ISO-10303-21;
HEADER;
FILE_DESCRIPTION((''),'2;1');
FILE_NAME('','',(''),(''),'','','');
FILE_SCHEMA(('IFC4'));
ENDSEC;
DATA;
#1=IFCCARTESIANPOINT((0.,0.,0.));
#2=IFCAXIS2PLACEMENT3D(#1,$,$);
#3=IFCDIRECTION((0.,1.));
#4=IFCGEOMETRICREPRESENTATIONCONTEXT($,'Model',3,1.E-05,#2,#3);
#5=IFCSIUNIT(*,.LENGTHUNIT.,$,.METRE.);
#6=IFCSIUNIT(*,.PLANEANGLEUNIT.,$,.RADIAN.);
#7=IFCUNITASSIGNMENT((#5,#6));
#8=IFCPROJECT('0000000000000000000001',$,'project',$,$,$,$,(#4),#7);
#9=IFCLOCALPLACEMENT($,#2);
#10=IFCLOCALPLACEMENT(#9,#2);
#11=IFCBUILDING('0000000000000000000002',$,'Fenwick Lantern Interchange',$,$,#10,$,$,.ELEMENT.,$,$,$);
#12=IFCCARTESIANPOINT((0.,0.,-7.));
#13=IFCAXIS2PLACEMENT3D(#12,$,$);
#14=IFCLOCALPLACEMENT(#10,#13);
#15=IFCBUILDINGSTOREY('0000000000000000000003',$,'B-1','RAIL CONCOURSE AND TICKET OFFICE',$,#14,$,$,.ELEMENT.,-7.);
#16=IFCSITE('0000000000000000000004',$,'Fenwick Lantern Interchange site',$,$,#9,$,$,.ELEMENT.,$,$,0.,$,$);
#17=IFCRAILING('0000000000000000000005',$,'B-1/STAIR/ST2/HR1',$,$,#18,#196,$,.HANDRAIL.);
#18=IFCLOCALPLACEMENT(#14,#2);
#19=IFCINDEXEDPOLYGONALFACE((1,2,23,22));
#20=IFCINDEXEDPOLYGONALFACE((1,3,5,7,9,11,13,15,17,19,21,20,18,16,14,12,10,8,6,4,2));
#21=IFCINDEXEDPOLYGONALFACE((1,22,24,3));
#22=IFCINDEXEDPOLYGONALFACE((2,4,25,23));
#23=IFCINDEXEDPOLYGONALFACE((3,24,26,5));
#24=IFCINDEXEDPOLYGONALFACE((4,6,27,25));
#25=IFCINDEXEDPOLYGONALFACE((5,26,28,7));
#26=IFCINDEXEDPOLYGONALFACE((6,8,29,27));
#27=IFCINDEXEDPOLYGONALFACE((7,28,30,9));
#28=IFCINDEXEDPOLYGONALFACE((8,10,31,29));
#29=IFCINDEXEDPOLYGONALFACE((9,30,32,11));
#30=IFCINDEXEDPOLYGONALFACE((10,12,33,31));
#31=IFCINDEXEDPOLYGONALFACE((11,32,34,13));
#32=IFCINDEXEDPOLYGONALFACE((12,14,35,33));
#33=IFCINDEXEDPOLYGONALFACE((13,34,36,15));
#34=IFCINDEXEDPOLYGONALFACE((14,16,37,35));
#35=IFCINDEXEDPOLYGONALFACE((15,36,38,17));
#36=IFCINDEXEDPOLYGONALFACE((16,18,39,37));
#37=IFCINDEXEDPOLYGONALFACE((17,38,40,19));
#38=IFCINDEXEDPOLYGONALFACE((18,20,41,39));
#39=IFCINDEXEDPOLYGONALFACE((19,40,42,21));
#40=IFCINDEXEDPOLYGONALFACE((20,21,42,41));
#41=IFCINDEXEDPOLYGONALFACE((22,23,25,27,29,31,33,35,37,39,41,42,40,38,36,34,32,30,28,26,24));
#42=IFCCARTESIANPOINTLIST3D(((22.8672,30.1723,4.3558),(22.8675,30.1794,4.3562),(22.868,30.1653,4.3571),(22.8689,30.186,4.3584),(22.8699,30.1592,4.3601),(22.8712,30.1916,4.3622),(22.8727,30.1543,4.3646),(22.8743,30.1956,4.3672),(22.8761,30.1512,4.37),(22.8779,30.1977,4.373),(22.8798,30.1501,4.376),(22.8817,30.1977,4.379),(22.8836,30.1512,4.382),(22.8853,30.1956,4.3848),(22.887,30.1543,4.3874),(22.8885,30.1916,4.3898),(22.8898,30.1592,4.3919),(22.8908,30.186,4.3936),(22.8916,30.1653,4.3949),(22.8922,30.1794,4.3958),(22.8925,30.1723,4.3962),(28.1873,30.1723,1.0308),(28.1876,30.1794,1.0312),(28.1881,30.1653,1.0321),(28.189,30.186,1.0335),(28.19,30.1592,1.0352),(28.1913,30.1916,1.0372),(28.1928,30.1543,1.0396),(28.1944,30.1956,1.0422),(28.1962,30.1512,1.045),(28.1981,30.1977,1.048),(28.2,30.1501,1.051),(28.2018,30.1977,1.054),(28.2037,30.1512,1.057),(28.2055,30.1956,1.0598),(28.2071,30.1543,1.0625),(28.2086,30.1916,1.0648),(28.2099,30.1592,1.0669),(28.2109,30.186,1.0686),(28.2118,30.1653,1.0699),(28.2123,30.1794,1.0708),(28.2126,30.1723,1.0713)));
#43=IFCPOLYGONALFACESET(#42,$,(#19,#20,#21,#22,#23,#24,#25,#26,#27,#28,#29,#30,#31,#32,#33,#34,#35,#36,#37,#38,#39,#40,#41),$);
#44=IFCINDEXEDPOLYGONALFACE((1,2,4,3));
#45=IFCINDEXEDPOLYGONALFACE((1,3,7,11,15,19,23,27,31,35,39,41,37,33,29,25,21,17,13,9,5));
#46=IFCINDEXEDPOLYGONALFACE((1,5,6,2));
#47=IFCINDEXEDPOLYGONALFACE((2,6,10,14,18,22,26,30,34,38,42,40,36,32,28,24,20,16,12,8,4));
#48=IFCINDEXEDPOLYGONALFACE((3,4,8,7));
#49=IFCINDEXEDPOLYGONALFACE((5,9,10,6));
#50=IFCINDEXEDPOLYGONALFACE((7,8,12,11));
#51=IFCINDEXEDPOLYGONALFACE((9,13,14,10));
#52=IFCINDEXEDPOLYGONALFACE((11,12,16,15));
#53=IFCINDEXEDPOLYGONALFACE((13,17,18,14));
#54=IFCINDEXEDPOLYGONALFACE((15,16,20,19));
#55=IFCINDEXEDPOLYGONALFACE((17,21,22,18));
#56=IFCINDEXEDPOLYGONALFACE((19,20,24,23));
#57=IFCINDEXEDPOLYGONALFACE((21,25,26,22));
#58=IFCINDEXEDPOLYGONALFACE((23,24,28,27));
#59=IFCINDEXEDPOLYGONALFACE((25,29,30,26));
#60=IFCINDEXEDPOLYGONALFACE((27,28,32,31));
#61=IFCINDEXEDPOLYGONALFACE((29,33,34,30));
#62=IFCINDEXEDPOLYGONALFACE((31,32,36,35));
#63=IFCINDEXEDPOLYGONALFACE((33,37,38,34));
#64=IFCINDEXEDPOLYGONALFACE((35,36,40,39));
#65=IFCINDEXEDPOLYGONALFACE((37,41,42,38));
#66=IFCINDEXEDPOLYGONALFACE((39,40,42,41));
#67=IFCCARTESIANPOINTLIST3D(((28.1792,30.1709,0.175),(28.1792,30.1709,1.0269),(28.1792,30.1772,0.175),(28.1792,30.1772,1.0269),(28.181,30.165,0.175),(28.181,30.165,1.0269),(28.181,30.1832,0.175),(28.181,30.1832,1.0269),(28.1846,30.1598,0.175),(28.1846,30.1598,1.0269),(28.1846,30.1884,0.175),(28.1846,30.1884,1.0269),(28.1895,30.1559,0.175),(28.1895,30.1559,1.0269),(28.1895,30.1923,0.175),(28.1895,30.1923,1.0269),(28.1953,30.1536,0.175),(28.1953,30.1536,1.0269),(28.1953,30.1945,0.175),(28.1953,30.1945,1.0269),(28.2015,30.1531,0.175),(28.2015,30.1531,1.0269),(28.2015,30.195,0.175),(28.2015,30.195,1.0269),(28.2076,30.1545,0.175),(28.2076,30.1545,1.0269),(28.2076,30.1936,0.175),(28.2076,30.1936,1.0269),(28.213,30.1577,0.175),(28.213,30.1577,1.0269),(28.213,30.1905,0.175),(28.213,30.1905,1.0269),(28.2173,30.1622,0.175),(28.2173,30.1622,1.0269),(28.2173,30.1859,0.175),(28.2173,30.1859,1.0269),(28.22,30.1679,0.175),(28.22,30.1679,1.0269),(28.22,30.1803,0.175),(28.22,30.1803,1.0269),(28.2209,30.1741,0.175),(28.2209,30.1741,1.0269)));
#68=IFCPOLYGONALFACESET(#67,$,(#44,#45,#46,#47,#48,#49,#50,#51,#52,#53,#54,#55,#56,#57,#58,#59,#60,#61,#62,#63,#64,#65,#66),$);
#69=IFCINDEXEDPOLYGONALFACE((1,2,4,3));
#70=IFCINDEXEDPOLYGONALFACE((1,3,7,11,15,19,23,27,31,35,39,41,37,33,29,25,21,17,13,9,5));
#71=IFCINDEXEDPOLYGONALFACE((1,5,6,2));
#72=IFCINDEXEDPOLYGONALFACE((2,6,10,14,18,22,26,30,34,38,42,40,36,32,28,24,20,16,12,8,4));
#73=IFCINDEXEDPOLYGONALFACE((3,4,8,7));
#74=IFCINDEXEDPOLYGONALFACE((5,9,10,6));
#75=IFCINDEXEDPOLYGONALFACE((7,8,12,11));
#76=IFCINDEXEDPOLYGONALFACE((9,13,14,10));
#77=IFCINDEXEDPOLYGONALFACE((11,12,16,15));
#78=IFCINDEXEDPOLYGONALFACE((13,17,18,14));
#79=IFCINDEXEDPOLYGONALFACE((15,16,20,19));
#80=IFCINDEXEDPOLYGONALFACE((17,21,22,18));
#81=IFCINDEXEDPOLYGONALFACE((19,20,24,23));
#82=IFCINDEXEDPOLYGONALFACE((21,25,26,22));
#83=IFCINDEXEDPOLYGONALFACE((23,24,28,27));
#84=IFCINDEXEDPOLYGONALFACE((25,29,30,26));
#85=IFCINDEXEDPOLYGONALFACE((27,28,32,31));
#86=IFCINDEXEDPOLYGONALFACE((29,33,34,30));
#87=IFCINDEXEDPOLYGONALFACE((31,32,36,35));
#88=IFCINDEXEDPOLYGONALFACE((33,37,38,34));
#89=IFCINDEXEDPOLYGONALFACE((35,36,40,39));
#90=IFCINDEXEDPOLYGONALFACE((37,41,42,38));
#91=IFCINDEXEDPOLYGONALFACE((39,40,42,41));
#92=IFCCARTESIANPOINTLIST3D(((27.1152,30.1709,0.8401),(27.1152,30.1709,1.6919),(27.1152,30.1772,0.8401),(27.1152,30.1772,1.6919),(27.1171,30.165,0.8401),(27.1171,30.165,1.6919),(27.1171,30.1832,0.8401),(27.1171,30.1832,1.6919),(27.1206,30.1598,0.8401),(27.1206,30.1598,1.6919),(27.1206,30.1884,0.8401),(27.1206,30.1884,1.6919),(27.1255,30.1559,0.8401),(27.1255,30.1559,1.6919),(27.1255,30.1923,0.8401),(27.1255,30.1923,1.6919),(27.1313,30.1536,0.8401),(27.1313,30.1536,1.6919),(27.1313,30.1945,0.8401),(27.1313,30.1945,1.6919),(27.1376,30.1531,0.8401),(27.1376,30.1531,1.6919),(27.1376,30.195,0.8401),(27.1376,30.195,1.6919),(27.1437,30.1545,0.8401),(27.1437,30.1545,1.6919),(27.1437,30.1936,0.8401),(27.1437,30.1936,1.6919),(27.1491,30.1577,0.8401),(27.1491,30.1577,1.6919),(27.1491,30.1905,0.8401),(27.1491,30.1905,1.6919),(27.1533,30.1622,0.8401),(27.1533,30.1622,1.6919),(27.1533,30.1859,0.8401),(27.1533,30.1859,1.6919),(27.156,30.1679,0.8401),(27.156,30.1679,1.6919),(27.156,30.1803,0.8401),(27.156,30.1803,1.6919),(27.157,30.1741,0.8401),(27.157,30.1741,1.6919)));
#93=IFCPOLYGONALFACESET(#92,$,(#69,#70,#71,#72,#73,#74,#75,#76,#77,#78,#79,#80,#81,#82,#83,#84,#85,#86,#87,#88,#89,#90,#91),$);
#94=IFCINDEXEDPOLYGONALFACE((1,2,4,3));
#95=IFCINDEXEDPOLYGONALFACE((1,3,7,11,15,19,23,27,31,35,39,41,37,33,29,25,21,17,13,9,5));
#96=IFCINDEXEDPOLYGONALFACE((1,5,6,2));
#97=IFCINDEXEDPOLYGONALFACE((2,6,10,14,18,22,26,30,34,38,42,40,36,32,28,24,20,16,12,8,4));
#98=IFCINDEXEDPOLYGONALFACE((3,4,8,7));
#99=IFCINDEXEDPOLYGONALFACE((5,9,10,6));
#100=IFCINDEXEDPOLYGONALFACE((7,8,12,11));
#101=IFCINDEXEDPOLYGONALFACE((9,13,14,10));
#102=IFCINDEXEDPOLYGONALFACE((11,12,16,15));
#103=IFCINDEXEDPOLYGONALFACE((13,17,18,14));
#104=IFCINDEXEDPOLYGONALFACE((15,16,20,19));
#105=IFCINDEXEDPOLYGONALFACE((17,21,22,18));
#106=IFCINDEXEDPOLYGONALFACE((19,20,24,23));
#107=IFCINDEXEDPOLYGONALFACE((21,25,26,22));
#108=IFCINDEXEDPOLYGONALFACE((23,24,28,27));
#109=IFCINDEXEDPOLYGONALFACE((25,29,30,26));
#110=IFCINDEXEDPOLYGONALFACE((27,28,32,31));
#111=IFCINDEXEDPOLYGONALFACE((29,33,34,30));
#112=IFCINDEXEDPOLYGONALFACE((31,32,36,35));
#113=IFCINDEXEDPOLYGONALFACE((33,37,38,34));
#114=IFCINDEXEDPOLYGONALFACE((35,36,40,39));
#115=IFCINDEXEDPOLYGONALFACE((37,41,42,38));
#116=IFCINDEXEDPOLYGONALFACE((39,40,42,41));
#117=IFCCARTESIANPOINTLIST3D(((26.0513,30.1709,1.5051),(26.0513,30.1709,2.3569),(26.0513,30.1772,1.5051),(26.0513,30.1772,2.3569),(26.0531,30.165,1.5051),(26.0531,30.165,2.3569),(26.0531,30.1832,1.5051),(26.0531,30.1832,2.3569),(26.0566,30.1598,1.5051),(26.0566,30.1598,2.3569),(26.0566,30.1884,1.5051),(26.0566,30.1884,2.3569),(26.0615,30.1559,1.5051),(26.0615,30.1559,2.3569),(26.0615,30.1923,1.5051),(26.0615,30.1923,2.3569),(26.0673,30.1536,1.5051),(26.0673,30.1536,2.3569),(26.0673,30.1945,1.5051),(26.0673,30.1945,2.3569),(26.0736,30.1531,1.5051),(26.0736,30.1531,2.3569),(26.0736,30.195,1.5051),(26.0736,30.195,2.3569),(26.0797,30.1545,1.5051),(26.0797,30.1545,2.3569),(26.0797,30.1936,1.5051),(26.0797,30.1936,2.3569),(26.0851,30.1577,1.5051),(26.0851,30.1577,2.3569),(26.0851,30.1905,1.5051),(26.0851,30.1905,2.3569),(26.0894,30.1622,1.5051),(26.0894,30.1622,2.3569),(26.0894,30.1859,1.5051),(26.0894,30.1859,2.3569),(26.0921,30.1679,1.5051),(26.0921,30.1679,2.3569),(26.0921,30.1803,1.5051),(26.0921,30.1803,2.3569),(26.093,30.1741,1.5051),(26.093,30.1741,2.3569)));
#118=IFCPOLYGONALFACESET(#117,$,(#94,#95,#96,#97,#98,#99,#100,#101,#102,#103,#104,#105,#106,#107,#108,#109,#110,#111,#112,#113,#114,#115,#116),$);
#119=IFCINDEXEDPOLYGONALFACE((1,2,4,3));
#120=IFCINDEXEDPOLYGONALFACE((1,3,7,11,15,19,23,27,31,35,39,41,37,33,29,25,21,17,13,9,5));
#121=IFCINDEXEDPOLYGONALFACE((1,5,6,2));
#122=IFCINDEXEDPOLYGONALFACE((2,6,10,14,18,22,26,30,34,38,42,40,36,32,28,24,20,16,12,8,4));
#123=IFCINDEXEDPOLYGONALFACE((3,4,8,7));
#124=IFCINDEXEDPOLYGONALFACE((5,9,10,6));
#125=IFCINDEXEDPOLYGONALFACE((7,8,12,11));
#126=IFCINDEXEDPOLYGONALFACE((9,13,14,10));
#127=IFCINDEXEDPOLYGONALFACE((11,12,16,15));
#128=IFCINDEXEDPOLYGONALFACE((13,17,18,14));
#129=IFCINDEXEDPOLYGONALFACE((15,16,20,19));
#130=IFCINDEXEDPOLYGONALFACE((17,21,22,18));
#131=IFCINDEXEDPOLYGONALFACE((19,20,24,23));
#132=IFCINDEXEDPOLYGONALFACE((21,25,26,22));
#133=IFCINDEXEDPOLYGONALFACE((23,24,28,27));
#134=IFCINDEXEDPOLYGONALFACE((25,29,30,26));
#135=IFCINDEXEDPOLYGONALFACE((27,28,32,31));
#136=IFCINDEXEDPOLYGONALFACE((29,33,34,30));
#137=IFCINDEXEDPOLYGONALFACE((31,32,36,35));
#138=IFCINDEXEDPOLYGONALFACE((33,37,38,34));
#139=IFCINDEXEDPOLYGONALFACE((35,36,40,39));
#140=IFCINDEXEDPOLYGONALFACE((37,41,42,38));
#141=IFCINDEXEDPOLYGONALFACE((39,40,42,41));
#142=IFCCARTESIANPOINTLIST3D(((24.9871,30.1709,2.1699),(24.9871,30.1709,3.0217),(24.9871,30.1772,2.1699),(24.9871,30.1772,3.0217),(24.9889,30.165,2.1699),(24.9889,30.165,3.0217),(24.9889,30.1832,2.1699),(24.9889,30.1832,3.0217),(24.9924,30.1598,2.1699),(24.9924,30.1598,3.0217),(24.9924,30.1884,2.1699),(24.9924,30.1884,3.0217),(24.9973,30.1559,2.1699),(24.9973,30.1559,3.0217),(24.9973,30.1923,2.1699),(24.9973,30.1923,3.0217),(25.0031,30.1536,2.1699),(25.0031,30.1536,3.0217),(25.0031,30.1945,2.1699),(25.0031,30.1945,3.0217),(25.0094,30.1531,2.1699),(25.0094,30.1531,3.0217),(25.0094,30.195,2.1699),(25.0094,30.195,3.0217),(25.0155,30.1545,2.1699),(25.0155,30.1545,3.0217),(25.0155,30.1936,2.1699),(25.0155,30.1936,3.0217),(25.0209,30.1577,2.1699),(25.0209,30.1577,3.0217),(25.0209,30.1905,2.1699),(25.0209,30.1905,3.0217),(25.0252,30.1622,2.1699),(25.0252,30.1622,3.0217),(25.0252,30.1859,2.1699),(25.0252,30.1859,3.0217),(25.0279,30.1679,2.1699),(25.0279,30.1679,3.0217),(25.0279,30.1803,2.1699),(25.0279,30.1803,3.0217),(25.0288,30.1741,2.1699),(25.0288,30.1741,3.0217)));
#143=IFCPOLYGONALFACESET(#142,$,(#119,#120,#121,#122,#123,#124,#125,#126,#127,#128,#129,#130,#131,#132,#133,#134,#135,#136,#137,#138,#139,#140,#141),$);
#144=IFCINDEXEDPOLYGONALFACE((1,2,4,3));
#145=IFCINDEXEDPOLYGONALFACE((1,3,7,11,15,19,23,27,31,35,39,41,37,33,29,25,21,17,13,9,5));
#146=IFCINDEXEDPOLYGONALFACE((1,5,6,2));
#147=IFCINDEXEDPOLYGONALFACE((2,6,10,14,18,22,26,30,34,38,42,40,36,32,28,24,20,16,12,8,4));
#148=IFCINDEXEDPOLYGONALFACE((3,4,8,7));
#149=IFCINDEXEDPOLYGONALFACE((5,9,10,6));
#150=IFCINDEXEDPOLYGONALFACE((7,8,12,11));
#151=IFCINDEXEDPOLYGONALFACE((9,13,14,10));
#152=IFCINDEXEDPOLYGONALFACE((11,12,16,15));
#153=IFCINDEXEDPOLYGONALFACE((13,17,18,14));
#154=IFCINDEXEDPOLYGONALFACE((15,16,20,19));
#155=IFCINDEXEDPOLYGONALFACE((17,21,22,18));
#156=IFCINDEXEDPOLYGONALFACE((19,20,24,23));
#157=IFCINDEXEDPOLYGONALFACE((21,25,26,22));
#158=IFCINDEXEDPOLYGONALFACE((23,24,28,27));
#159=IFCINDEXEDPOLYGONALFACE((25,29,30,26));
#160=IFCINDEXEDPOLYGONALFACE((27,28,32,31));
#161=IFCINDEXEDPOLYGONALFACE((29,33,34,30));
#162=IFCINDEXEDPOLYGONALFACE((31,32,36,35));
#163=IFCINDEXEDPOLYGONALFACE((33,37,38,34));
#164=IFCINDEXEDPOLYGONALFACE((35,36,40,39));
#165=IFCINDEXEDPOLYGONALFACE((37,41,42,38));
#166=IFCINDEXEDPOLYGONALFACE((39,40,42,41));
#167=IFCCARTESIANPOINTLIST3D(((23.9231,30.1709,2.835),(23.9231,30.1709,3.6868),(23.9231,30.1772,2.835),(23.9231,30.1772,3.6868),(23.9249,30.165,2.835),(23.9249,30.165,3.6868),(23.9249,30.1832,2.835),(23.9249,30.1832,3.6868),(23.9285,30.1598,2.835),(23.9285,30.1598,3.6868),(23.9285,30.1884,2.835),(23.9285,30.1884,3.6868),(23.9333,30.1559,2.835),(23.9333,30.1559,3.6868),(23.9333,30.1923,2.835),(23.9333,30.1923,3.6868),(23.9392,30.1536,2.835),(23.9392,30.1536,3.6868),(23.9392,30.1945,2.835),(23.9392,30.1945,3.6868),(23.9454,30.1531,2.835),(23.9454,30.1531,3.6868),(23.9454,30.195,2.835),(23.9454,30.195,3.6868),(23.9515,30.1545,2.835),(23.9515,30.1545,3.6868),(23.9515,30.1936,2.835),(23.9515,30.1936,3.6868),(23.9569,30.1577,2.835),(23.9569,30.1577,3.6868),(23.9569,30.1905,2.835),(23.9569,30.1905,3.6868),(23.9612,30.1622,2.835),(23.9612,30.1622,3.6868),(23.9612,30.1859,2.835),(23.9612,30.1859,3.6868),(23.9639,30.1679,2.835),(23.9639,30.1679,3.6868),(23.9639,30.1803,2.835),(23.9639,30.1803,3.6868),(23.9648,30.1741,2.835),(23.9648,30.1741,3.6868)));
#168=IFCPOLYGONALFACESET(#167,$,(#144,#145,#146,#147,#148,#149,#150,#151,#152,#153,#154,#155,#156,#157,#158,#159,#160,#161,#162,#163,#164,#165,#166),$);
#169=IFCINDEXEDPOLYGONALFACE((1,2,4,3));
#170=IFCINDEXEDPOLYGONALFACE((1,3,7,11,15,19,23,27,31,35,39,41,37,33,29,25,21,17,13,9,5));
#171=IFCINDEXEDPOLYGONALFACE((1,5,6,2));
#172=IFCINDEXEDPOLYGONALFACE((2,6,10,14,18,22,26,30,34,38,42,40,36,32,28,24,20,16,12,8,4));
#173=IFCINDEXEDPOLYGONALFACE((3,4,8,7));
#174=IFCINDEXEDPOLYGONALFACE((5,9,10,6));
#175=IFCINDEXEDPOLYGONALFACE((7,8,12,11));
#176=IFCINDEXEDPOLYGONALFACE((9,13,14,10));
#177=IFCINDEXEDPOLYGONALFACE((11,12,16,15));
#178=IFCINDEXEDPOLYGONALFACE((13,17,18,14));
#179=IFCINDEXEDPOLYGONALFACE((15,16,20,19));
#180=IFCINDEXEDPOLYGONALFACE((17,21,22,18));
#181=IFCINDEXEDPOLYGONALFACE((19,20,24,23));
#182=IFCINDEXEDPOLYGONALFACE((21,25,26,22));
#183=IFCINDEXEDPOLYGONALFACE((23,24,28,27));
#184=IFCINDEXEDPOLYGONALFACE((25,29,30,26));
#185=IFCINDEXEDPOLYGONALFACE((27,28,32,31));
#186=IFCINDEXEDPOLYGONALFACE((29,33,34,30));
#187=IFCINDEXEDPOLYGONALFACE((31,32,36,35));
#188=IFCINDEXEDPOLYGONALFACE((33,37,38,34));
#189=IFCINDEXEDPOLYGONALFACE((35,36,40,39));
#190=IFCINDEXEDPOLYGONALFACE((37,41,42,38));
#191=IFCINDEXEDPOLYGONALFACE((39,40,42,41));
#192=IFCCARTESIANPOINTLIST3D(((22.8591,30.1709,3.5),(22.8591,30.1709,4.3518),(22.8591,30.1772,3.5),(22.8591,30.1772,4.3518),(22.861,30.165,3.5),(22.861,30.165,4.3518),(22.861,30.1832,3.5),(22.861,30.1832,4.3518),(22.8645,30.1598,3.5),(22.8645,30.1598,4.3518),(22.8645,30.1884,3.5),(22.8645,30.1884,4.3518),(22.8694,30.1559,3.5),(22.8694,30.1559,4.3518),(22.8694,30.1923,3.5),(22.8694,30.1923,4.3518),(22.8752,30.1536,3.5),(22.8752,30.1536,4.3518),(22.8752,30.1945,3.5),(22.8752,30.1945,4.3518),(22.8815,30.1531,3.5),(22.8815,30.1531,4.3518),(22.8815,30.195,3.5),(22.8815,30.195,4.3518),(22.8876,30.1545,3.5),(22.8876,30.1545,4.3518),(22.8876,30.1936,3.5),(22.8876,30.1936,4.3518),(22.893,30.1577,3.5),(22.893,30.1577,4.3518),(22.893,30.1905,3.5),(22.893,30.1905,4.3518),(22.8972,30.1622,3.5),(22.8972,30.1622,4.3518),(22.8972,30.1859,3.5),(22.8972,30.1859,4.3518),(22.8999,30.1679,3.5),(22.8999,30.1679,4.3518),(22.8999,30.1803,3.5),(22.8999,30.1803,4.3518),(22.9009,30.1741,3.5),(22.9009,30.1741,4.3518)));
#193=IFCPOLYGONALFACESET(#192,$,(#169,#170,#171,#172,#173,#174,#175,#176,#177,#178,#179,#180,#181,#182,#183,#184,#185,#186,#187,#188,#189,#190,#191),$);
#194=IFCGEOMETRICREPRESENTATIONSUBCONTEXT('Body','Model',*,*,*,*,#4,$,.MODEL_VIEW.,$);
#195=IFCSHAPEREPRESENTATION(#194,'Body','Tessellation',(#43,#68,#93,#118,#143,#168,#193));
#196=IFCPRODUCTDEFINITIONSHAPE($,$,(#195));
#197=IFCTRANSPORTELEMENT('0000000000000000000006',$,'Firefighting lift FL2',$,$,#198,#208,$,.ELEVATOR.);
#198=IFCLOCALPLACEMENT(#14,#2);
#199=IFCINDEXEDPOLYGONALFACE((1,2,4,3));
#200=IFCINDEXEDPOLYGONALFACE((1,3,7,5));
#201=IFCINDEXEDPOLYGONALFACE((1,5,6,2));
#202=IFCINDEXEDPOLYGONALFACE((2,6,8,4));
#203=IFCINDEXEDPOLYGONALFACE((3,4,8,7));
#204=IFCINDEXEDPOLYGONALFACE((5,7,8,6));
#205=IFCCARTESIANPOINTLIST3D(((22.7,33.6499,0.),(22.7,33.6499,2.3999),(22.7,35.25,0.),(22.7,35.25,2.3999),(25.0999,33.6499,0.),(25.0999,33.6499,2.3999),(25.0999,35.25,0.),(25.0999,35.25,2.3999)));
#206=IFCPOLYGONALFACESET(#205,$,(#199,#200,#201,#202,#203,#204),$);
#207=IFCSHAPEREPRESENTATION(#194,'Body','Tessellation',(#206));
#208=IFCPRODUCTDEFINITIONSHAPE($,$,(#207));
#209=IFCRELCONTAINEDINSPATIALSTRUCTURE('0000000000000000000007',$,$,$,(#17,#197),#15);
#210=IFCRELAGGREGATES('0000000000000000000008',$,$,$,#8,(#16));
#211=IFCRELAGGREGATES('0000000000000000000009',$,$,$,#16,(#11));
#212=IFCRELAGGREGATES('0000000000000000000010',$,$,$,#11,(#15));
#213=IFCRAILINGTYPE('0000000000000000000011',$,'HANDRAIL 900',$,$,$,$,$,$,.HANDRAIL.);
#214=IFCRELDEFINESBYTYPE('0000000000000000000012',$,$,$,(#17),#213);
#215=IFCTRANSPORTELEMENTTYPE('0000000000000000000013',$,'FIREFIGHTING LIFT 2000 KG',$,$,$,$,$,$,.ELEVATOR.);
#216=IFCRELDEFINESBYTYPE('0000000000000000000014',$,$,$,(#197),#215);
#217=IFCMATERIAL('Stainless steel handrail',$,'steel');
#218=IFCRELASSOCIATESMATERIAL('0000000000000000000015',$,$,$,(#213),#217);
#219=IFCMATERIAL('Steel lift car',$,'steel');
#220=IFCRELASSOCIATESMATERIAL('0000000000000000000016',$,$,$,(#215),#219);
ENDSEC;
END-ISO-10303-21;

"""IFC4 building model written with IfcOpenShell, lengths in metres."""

from ifc_helpers import new_model, si_unit, direction, frame, origin, origin_2d, place, context, subcontext, project, spatial, rectangle, circle, extrude, material, type_object, element, save


model = new_model("IFC4")

# Units and contexts
model_context = context("Model", 3, precision=1e-05, world=origin(), true_north=direction((0.0, 1.0)))
body_context = subcontext(model_context, "Body", "Model", "MODEL_VIEW")
ifc_project = project(units=[si_unit("LENGTHUNIT", "METRE"), si_unit("PLANEANGLEUNIT", "RADIAN")], contexts=[model_context])

# Site, building, storey
site_placement = place(None, origin())
site = spatial("IfcSite", under=ifc_project, at=site_placement, Name="Fenwick Lantern Interchange site", CompositionType="ELEMENT", RefElevation=0.0)
building_placement = place(site_placement, origin())
building = spatial("IfcBuilding", under=site, at=building_placement, Name="Fenwick Lantern Interchange", CompositionType="ELEMENT")
storey_placement = place(building_placement, frame((0.0, 0.0, -7.0)))
storey = spatial("IfcBuildingStorey", under=building, at=storey_placement, Name="B-1", Description="RAIL CONCOURSE AND TICKET OFFICE", CompositionType="ELEMENT", Elevation=-7.0)

# Railing
ifc_material_1 = material(Name="Stainless steel handrail", Category="steel")
railing_type = type_object("IfcRailingType", Name="HANDRAIL 900", PredefinedType="HANDRAIL", material=ifc_material_1)
railing_placement = place(storey_placement, frame((28.2, 30.1741, 0.175)))
element("IfcRailing", 1, at=railing_placement, inside=storey, type_object=railing_type, Name="B-1/STAIR/ST2/HR1", PredefinedType="HANDRAIL", context=body_context, shape_type="SweptSolid", body=[
    extrude(circle(Radius=0.0239, at=origin_2d()), frame((0.0, 0.0, 0.876), z_axis=(-0.848005, 0.0, 0.529988), x_axis=(0.0, -1.0, 0.0)), (0.0, 0.0, 1.0), 6.2737),
    extrude(circle(Radius=0.021, at=origin_2d()), origin(), (0.0, 0.0, 1.0), 0.8518),
    extrude(circle(Radius=0.021, at=origin_2d()), frame((-1.064, 0.0, 0.665)), (0.0, 0.0, 1.0), 0.8518),
    extrude(circle(Radius=0.021, at=origin_2d()), frame((-2.1279, 0.0, 1.3301)), (0.0, 0.0, 1.0), 0.8518),
    extrude(circle(Radius=0.021, at=origin_2d()), frame((-3.1921, 0.0, 1.9949)), (0.0, 0.0, 1.0), 0.8518),
    extrude(circle(Radius=0.021, at=origin_2d()), frame((-4.2561, 0.0, 2.6599)), (0.0, 0.0, 1.0), 0.8518),
    extrude(circle(Radius=0.021, at=origin_2d()), frame((-5.3201, 0.0, 3.325)), (0.0, 0.0, 1.0), 0.8518),
])

# Transport element
ifc_material_2 = material(Name="Steel lift car", Category="steel")
transport_element_type = type_object("IfcTransportElementType", Name="FIREFIGHTING LIFT 2000 KG", PredefinedType="ELEVATOR", material=ifc_material_2)
transport_element_placement = place(storey_placement, frame((23.8999, 34.45, 0.0), z_axis=(0.0, 0.0, 1.0), x_axis=(1.0, 0.0, 0.0)))
element("IfcTransportElement", 2, at=transport_element_placement, inside=storey, type_object=transport_element_type, Name="Firefighting lift FL2", PredefinedType="ELEVATOR", context=body_context, shape_type="SweptSolid", body=[
    extrude(rectangle(XDim=2.3999, YDim=1.6001, at=origin_2d()), origin(), (0.0, 0.0, 1.0), 2.3999),
])

save(model, "model.ifc")
